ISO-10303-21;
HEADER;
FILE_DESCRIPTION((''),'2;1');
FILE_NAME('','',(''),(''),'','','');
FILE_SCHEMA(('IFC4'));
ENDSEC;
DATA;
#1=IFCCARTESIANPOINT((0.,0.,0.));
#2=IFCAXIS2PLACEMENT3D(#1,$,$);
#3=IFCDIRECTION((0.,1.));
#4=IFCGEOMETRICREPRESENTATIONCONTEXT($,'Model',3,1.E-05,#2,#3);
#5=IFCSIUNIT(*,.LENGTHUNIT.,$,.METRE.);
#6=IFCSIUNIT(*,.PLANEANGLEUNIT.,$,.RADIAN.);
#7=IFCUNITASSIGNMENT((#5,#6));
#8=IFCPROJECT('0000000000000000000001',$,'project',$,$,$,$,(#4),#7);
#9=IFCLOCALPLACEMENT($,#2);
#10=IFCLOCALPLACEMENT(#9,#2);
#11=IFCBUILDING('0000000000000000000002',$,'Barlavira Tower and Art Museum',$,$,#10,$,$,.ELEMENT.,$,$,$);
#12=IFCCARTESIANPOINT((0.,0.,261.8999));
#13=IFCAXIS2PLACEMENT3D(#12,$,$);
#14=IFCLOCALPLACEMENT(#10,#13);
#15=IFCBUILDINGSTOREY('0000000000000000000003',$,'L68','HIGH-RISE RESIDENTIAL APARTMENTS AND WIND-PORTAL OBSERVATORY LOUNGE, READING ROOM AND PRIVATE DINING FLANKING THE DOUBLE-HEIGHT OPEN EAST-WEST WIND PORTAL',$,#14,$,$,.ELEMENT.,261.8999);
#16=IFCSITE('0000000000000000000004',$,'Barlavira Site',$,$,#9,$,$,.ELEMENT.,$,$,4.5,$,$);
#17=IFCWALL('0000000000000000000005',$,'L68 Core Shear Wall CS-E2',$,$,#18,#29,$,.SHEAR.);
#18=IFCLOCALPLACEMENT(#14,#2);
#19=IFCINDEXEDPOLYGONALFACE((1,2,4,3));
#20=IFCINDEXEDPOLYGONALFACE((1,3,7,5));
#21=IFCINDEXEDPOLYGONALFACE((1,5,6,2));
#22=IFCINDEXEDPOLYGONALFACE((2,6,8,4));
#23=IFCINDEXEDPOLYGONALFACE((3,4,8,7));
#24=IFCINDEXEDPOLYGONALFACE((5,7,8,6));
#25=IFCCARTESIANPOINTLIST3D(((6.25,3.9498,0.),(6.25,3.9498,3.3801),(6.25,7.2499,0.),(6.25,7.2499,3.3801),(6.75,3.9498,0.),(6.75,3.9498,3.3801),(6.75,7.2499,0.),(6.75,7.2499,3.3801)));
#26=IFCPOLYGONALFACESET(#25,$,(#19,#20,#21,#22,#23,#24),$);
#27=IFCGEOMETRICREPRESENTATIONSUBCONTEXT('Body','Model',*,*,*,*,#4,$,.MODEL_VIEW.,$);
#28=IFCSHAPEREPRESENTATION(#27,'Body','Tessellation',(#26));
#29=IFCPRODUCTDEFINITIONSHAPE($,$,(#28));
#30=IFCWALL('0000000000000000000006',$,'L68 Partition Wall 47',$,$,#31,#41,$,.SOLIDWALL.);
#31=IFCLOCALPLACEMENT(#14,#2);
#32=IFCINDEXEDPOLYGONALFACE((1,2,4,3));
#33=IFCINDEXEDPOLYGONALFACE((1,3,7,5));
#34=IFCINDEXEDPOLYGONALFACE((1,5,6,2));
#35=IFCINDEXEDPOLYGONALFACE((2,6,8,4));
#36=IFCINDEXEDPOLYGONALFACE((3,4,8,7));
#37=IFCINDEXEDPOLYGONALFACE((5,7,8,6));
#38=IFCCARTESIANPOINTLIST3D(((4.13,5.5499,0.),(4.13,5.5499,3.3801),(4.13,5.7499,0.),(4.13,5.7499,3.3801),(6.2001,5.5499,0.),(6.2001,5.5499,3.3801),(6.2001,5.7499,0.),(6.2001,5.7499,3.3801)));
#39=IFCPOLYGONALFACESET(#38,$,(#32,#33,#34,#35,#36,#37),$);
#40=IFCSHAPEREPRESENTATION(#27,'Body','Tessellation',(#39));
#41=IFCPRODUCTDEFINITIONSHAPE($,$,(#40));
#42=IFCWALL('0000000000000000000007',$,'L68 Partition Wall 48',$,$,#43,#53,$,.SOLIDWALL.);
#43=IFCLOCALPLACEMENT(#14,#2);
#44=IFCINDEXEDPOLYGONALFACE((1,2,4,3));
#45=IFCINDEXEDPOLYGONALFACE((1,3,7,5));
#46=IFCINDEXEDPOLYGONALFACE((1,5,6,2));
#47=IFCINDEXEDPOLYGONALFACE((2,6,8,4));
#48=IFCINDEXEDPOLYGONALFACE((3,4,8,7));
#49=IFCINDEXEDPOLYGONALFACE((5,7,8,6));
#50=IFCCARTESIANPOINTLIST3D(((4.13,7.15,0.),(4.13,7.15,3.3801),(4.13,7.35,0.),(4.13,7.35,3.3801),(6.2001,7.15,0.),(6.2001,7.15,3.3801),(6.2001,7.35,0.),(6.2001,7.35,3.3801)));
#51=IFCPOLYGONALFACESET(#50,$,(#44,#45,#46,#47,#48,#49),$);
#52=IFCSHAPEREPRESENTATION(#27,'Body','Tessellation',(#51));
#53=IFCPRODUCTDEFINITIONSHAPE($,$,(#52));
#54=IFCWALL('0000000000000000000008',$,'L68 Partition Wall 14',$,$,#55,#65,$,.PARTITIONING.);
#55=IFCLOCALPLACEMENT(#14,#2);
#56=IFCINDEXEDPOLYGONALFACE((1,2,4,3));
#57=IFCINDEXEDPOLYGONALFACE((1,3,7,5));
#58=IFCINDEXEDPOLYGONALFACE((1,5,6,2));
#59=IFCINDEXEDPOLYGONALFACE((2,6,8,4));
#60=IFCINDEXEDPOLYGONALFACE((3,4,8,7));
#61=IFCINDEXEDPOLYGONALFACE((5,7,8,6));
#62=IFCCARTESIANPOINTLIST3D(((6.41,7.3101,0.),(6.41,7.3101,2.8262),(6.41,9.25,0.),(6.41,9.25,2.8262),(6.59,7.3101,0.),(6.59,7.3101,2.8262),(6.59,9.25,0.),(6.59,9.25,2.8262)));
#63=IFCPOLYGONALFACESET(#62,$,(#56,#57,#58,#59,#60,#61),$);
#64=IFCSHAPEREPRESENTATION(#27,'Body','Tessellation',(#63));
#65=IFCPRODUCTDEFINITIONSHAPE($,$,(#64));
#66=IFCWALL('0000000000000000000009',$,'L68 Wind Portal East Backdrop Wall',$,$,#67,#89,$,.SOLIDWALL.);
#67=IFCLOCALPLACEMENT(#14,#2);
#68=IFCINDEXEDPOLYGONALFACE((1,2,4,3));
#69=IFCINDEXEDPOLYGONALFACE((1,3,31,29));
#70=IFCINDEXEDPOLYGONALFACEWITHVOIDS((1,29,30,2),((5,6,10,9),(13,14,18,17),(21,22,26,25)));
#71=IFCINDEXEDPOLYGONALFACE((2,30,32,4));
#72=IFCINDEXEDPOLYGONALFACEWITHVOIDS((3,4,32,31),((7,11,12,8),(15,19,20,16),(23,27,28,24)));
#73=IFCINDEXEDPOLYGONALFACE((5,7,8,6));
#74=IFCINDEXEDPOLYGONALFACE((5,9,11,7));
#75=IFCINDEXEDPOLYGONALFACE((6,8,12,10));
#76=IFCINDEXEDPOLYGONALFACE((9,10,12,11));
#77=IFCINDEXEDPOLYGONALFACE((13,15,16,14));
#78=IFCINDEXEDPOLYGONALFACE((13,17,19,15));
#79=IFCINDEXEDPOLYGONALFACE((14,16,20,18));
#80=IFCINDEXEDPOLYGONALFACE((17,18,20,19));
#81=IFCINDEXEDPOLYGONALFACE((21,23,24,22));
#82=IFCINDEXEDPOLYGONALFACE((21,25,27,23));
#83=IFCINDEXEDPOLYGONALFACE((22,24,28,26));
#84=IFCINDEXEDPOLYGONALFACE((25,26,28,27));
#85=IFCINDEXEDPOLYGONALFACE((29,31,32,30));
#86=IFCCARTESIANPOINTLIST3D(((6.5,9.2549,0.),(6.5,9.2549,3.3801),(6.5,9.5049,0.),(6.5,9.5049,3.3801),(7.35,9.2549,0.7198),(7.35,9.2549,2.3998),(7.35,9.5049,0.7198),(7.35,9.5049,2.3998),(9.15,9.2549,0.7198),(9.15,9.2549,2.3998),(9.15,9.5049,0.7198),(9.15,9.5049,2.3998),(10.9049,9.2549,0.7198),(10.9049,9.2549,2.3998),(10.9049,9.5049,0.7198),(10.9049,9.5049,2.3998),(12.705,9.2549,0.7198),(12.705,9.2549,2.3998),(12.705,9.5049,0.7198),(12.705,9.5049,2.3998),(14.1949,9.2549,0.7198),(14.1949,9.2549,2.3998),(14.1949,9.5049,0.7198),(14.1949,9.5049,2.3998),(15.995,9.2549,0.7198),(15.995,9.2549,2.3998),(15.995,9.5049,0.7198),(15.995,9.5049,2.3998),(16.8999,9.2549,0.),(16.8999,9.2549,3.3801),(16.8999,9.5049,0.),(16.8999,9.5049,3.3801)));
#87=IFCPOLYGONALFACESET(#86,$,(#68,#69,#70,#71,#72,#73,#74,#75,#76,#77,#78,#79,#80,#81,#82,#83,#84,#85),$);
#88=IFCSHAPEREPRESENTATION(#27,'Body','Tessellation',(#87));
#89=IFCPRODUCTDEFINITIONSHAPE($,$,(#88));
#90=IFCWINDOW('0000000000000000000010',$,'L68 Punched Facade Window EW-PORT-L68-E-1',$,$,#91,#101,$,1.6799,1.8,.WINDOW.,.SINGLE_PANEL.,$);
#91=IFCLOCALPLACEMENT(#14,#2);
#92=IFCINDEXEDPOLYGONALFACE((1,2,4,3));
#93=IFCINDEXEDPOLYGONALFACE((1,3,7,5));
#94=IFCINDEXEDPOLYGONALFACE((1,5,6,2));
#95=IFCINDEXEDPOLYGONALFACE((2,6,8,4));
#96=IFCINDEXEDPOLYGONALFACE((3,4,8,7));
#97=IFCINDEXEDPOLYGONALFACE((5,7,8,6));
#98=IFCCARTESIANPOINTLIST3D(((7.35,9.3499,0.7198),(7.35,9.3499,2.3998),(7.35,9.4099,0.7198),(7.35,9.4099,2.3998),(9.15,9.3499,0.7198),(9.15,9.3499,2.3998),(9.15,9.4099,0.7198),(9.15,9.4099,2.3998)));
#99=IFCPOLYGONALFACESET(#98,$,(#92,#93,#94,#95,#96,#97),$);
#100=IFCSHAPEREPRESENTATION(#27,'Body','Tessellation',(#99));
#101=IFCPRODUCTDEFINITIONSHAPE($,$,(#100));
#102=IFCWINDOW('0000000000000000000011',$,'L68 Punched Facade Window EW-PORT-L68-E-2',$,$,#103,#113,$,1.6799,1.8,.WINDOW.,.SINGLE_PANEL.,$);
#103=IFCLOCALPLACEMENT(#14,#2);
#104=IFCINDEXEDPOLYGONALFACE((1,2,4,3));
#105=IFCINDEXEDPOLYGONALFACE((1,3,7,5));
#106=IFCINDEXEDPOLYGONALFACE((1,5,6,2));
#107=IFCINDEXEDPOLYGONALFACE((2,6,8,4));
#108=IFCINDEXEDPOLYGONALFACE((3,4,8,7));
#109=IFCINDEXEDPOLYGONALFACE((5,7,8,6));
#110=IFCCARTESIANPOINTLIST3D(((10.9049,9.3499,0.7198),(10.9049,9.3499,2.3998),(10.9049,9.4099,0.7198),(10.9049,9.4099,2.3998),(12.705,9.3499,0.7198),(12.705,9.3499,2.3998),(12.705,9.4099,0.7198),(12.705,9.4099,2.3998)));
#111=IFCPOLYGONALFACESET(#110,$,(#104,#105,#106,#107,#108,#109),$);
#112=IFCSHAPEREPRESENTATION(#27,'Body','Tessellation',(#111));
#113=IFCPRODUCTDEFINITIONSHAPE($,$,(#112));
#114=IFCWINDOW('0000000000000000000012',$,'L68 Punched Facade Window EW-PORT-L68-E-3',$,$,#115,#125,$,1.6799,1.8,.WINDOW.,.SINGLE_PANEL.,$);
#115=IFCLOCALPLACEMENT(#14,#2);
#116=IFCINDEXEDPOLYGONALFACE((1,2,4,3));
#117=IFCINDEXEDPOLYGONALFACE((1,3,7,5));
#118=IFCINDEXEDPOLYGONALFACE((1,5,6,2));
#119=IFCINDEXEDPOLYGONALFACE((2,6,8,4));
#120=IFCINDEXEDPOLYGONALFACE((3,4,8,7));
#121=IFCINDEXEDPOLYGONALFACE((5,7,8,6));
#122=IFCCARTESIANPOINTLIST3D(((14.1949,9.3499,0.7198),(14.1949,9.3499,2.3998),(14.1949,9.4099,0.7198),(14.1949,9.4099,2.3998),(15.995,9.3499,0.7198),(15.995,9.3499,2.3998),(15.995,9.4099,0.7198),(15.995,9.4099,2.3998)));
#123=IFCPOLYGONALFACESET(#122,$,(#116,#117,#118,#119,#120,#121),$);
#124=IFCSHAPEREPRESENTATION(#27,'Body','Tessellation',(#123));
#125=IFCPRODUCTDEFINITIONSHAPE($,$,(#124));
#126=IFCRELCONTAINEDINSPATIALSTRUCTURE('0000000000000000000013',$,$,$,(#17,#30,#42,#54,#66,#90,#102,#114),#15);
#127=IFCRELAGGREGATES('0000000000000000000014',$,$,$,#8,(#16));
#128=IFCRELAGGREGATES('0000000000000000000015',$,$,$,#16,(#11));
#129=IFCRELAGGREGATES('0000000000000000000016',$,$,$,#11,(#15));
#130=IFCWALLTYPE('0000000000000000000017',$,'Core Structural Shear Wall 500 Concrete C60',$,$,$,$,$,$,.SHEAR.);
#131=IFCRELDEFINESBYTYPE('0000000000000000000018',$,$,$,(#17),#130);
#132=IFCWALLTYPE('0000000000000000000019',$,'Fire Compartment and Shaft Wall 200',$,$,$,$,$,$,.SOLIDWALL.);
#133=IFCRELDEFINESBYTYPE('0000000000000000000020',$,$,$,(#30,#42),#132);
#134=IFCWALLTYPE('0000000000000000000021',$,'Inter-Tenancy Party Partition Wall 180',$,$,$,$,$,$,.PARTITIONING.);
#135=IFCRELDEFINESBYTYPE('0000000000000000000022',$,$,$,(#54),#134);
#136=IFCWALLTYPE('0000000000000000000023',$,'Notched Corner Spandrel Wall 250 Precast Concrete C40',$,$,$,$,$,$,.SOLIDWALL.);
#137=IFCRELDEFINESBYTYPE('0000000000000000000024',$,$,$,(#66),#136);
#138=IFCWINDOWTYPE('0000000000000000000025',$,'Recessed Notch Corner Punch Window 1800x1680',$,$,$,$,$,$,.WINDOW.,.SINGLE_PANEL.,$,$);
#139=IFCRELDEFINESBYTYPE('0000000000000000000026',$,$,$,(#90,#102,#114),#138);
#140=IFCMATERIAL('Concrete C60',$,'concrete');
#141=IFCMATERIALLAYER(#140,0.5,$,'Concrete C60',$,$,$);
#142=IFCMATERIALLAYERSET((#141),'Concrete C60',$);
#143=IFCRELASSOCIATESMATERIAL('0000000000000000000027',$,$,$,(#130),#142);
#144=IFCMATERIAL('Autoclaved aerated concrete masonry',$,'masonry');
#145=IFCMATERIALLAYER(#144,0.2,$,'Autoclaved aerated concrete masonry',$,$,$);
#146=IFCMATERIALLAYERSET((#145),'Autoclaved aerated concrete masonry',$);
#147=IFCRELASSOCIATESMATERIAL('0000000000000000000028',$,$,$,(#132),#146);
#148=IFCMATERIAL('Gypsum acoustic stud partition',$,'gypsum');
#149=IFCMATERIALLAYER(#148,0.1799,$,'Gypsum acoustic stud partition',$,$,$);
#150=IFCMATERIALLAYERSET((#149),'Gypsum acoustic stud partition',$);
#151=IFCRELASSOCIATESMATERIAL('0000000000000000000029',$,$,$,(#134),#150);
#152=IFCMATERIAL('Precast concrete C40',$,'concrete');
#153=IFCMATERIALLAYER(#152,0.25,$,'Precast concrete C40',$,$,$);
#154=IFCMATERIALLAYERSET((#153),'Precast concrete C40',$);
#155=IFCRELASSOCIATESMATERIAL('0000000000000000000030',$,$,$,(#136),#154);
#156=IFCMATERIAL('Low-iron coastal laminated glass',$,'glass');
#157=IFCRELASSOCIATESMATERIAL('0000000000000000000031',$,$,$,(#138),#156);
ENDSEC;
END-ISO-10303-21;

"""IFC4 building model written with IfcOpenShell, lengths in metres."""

from ifc_helpers import new_model, si_unit, direction, frame, frame_2d, origin, place, context, subcontext, project, spatial, rectangle, extrude, material, layer, layer_set, type_object, element, fill, save


model = new_model("IFC4")

# Units and contexts
model_context = context("Model", 3, precision=1e-05, world=origin(), true_north=direction((0.0, 1.0)))
body_context = subcontext(model_context, "Body", "Model", "MODEL_VIEW")
ifc_project = project(units=[si_unit("LENGTHUNIT", "METRE"), si_unit("PLANEANGLEUNIT", "RADIAN")], contexts=[model_context])

# Site, building, storey
site_placement = place(None, origin())
site = spatial("IfcSite", under=ifc_project, at=site_placement, Name="Barlavira Site", CompositionType="ELEMENT", RefElevation=4.5)
building_placement = place(site_placement, origin())
building = spatial("IfcBuilding", under=site, at=building_placement, Name="Barlavira Tower and Art Museum", CompositionType="ELEMENT")
storey_placement = place(building_placement, frame((0.0, 0.0, 261.8999)))
storey = spatial("IfcBuildingStorey", under=building, at=storey_placement, Name="L68", Description="HIGH-RISE RESIDENTIAL APARTMENTS AND WIND-PORTAL OBSERVATORY LOUNGE, READING ROOM AND PRIVATE DINING FLANKING THE DOUBLE-HEIGHT OPEN EAST-WEST WIND PORTAL", CompositionType="ELEMENT", Elevation=261.8999)

# Walls
ifc_material_1 = material(Name="Concrete C60", Category="concrete")
ifc_layer_1 = layer(ifc_material_1, 0.5, Name="Concrete C60")
ifc_layer_set_1 = layer_set([ifc_layer_1], Name="Concrete C60")
wall_type_1 = type_object("IfcWallType", Name="Core Structural Shear Wall 500 Concrete C60", PredefinedType="SHEAR", material=ifc_layer_set_1)
wall_1_placement = place(storey_placement, frame((6.5, 3.95, 0.0), z_axis=(0.0, 0.0, 1.0), x_axis=(0.0, 1.0, 0.0)))
element("IfcWall", 1, at=wall_1_placement, inside=storey, type_object=wall_type_1, Name="L68 Core Shear Wall CS-E2", PredefinedType="SHEAR", context=body_context, shape_type="SweptSolid", body=[
    extrude(rectangle(XDim=3.3, YDim=0.5, at=frame_2d((1.6499, 0.0))), origin(), (0.0, 0.0, 1.0), 3.3801),
])
ifc_material_2 = material(Name="Autoclaved aerated concrete masonry", Category="masonry")
ifc_layer_2 = layer(ifc_material_2, 0.2, Name="Autoclaved aerated concrete masonry")
ifc_layer_set_2 = layer_set([ifc_layer_2], Name="Autoclaved aerated concrete masonry")
wall_type_2 = type_object("IfcWallType", Name="Fire Compartment and Shaft Wall 200", PredefinedType="SOLIDWALL", material=ifc_layer_set_2)
for number, where, z_axis, x_axis, name in (
    (2, (4.1299, 5.6499, 0.0), (0.0, 0.0, 1.0), (1.0, 0.0, 0.0), "L68 Partition Wall 47"),
    (3, (4.1299, 7.25, 0.0), (0.0, 0.0, 1.0), (1.0, 0.0, 0.0), "L68 Partition Wall 48"),
):
    element("IfcWall", number, at=place(storey_placement, frame(where, z_axis=z_axis, x_axis=x_axis)), inside=storey, type_object=wall_type_2, Name=name, PredefinedType="SOLIDWALL", context=body_context, shape_type="SweptSolid", body=[
        extrude(rectangle(XDim=2.0701, YDim=0.2, at=frame_2d((1.0352, 0.0))), origin(), (0.0, 0.0, 1.0), 3.3801),
    ])
ifc_material_3 = material(Name="Gypsum acoustic stud partition", Category="gypsum")
ifc_layer_3 = layer(ifc_material_3, 0.1799, Name="Gypsum acoustic stud partition")
ifc_layer_set_3 = layer_set([ifc_layer_3], Name="Gypsum acoustic stud partition")
wall_type_3 = type_object("IfcWallType", Name="Inter-Tenancy Party Partition Wall 180", PredefinedType="PARTITIONING", material=ifc_layer_set_3)
wall_2_placement = place(storey_placement, frame((6.5, 7.3101, 0.0), z_axis=(0.0, 0.0, 1.0), x_axis=(0.0, 1.0, 0.0)))
element("IfcWall", 4, at=wall_2_placement, inside=storey, type_object=wall_type_3, Name="L68 Partition Wall 14", PredefinedType="PARTITIONING", context=body_context, shape_type="SweptSolid", body=[
    extrude(rectangle(XDim=1.9399, YDim=0.1799, at=frame_2d((0.97, 0.0))), origin(), (0.0, 0.0, 1.0), 2.8262),
])

# Wall, openings, windows
ifc_material_4 = material(Name="Precast concrete C40", Category="concrete")
ifc_layer_4 = layer(ifc_material_4, 0.25, Name="Precast concrete C40")
ifc_layer_set_4 = layer_set([ifc_layer_4], Name="Precast concrete C40")
wall_type_4 = type_object("IfcWallType", Name="Notched Corner Spandrel Wall 250 Precast Concrete C40", PredefinedType="SOLIDWALL", material=ifc_layer_set_4)
wall_3_placement = place(storey_placement, frame((6.5, 9.3799, 0.0), z_axis=(0.0, 0.0, 1.0), x_axis=(1.0, 0.0, 0.0)))
wall_3 = element("IfcWall", 5, at=wall_3_placement, inside=storey, type_object=wall_type_4, Name="L68 Wind Portal East Backdrop Wall", PredefinedType="SOLIDWALL", context=body_context, shape_type="SweptSolid", body=[
    extrude(rectangle(XDim=10.3999, YDim=0.25, at=frame_2d((5.2, 0.0))), origin(), (0.0, 0.0, 1.0), 3.3801),
])
opening_1_placement = place(wall_3_placement, frame((0.8501, 0.0, 0.72)))
opening_1 = element("IfcOpeningElement", 6, at=opening_1_placement, cuts=wall_3, PredefinedType="OPENING", context=body_context, shape_type="SweptSolid", body=[
    extrude(rectangle(XDim=1.8, YDim=1.6799, at=frame_2d((0.8999, 0.8398))), frame((0.0, 0.135, 0.0), z_axis=(0.0, -1.0, 0.0), x_axis=(1.0, 0.0, 0.0)), (0.0, 0.0, 1.0), 0.27),
])
opening_2_placement = place(wall_3_placement, frame((4.405, 0.0, 0.72)))
opening_2 = element("IfcOpeningElement", 7, at=opening_2_placement, cuts=wall_3, PredefinedType="OPENING", context=body_context, shape_type="SweptSolid", body=[
    extrude(rectangle(XDim=1.8, YDim=1.6799, at=frame_2d((0.8999, 0.8398))), frame((0.0, 0.135, 0.0), z_axis=(0.0, -1.0, 0.0), x_axis=(1.0, 0.0, 0.0)), (0.0, 0.0, 1.0), 0.27),
])
opening_3_placement = place(wall_3_placement, frame((7.6951, 0.0, 0.72)))
opening_3 = element("IfcOpeningElement", 8, at=opening_3_placement, cuts=wall_3, PredefinedType="OPENING", context=body_context, shape_type="SweptSolid", body=[
    extrude(rectangle(XDim=1.8, YDim=1.6799, at=frame_2d((0.8999, 0.8398))), frame((0.0, 0.135, 0.0), z_axis=(0.0, -1.0, 0.0), x_axis=(1.0, 0.0, 0.0)), (0.0, 0.0, 1.0), 0.27),
])
ifc_material_5 = material(Name="Low-iron coastal laminated glass", Category="glass")
window_type = type_object("IfcWindowType", Name="Recessed Notch Corner Punch Window 1800x1680", PartitioningType="SINGLE_PANEL", PredefinedType="WINDOW", material=ifc_material_5)
window_1_placement = place(opening_1_placement, origin())
window_1 = element("IfcWindow", 9, at=window_1_placement, inside=storey, type_object=window_type, Name="L68 Punched Facade Window EW-PORT-L68-E-1", OverallHeight=1.6799, OverallWidth=1.8, PartitioningType="SINGLE_PANEL", PredefinedType="WINDOW", context=body_context, shape_type="SweptSolid", body=[
    extrude(rectangle(XDim=1.8, YDim=1.6799, at=frame_2d((0.8999, 0.8398))), frame((0.0, 0.03, 0.0), z_axis=(0.0, -1.0, 0.0), x_axis=(1.0, 0.0, 0.0)), (0.0, 0.0, 1.0), 0.0601),
])
fill(opening_1, window_1)
window_2_placement = place(opening_2_placement, origin())
window_2 = element("IfcWindow", 10, at=window_2_placement, inside=storey, type_object=window_type, Name="L68 Punched Facade Window EW-PORT-L68-E-2", OverallHeight=1.6799, OverallWidth=1.8, PartitioningType="SINGLE_PANEL", PredefinedType="WINDOW", context=body_context, shape_type="SweptSolid", body=[
    extrude(rectangle(XDim=1.8, YDim=1.6799, at=frame_2d((0.8999, 0.8398))), frame((0.0, 0.03, 0.0), z_axis=(0.0, -1.0, 0.0), x_axis=(1.0, 0.0, 0.0)), (0.0, 0.0, 1.0), 0.0601),
])
fill(opening_2, window_2)
window_3_placement = place(opening_3_placement, origin())
window_3 = element("IfcWindow", 11, at=window_3_placement, inside=storey, type_object=window_type, Name="L68 Punched Facade Window EW-PORT-L68-E-3", OverallHeight=1.6799, OverallWidth=1.8, PartitioningType="SINGLE_PANEL", PredefinedType="WINDOW", context=body_context, shape_type="SweptSolid", body=[
    extrude(rectangle(XDim=1.8, YDim=1.6799, at=frame_2d((0.8999, 0.8398))), frame((0.0, 0.03, 0.0), z_axis=(0.0, -1.0, 0.0), x_axis=(1.0, 0.0, 0.0)), (0.0, 0.0, 1.0), 0.0601),
])
fill(opening_3, window_3)

save(model, "model.ifc")
